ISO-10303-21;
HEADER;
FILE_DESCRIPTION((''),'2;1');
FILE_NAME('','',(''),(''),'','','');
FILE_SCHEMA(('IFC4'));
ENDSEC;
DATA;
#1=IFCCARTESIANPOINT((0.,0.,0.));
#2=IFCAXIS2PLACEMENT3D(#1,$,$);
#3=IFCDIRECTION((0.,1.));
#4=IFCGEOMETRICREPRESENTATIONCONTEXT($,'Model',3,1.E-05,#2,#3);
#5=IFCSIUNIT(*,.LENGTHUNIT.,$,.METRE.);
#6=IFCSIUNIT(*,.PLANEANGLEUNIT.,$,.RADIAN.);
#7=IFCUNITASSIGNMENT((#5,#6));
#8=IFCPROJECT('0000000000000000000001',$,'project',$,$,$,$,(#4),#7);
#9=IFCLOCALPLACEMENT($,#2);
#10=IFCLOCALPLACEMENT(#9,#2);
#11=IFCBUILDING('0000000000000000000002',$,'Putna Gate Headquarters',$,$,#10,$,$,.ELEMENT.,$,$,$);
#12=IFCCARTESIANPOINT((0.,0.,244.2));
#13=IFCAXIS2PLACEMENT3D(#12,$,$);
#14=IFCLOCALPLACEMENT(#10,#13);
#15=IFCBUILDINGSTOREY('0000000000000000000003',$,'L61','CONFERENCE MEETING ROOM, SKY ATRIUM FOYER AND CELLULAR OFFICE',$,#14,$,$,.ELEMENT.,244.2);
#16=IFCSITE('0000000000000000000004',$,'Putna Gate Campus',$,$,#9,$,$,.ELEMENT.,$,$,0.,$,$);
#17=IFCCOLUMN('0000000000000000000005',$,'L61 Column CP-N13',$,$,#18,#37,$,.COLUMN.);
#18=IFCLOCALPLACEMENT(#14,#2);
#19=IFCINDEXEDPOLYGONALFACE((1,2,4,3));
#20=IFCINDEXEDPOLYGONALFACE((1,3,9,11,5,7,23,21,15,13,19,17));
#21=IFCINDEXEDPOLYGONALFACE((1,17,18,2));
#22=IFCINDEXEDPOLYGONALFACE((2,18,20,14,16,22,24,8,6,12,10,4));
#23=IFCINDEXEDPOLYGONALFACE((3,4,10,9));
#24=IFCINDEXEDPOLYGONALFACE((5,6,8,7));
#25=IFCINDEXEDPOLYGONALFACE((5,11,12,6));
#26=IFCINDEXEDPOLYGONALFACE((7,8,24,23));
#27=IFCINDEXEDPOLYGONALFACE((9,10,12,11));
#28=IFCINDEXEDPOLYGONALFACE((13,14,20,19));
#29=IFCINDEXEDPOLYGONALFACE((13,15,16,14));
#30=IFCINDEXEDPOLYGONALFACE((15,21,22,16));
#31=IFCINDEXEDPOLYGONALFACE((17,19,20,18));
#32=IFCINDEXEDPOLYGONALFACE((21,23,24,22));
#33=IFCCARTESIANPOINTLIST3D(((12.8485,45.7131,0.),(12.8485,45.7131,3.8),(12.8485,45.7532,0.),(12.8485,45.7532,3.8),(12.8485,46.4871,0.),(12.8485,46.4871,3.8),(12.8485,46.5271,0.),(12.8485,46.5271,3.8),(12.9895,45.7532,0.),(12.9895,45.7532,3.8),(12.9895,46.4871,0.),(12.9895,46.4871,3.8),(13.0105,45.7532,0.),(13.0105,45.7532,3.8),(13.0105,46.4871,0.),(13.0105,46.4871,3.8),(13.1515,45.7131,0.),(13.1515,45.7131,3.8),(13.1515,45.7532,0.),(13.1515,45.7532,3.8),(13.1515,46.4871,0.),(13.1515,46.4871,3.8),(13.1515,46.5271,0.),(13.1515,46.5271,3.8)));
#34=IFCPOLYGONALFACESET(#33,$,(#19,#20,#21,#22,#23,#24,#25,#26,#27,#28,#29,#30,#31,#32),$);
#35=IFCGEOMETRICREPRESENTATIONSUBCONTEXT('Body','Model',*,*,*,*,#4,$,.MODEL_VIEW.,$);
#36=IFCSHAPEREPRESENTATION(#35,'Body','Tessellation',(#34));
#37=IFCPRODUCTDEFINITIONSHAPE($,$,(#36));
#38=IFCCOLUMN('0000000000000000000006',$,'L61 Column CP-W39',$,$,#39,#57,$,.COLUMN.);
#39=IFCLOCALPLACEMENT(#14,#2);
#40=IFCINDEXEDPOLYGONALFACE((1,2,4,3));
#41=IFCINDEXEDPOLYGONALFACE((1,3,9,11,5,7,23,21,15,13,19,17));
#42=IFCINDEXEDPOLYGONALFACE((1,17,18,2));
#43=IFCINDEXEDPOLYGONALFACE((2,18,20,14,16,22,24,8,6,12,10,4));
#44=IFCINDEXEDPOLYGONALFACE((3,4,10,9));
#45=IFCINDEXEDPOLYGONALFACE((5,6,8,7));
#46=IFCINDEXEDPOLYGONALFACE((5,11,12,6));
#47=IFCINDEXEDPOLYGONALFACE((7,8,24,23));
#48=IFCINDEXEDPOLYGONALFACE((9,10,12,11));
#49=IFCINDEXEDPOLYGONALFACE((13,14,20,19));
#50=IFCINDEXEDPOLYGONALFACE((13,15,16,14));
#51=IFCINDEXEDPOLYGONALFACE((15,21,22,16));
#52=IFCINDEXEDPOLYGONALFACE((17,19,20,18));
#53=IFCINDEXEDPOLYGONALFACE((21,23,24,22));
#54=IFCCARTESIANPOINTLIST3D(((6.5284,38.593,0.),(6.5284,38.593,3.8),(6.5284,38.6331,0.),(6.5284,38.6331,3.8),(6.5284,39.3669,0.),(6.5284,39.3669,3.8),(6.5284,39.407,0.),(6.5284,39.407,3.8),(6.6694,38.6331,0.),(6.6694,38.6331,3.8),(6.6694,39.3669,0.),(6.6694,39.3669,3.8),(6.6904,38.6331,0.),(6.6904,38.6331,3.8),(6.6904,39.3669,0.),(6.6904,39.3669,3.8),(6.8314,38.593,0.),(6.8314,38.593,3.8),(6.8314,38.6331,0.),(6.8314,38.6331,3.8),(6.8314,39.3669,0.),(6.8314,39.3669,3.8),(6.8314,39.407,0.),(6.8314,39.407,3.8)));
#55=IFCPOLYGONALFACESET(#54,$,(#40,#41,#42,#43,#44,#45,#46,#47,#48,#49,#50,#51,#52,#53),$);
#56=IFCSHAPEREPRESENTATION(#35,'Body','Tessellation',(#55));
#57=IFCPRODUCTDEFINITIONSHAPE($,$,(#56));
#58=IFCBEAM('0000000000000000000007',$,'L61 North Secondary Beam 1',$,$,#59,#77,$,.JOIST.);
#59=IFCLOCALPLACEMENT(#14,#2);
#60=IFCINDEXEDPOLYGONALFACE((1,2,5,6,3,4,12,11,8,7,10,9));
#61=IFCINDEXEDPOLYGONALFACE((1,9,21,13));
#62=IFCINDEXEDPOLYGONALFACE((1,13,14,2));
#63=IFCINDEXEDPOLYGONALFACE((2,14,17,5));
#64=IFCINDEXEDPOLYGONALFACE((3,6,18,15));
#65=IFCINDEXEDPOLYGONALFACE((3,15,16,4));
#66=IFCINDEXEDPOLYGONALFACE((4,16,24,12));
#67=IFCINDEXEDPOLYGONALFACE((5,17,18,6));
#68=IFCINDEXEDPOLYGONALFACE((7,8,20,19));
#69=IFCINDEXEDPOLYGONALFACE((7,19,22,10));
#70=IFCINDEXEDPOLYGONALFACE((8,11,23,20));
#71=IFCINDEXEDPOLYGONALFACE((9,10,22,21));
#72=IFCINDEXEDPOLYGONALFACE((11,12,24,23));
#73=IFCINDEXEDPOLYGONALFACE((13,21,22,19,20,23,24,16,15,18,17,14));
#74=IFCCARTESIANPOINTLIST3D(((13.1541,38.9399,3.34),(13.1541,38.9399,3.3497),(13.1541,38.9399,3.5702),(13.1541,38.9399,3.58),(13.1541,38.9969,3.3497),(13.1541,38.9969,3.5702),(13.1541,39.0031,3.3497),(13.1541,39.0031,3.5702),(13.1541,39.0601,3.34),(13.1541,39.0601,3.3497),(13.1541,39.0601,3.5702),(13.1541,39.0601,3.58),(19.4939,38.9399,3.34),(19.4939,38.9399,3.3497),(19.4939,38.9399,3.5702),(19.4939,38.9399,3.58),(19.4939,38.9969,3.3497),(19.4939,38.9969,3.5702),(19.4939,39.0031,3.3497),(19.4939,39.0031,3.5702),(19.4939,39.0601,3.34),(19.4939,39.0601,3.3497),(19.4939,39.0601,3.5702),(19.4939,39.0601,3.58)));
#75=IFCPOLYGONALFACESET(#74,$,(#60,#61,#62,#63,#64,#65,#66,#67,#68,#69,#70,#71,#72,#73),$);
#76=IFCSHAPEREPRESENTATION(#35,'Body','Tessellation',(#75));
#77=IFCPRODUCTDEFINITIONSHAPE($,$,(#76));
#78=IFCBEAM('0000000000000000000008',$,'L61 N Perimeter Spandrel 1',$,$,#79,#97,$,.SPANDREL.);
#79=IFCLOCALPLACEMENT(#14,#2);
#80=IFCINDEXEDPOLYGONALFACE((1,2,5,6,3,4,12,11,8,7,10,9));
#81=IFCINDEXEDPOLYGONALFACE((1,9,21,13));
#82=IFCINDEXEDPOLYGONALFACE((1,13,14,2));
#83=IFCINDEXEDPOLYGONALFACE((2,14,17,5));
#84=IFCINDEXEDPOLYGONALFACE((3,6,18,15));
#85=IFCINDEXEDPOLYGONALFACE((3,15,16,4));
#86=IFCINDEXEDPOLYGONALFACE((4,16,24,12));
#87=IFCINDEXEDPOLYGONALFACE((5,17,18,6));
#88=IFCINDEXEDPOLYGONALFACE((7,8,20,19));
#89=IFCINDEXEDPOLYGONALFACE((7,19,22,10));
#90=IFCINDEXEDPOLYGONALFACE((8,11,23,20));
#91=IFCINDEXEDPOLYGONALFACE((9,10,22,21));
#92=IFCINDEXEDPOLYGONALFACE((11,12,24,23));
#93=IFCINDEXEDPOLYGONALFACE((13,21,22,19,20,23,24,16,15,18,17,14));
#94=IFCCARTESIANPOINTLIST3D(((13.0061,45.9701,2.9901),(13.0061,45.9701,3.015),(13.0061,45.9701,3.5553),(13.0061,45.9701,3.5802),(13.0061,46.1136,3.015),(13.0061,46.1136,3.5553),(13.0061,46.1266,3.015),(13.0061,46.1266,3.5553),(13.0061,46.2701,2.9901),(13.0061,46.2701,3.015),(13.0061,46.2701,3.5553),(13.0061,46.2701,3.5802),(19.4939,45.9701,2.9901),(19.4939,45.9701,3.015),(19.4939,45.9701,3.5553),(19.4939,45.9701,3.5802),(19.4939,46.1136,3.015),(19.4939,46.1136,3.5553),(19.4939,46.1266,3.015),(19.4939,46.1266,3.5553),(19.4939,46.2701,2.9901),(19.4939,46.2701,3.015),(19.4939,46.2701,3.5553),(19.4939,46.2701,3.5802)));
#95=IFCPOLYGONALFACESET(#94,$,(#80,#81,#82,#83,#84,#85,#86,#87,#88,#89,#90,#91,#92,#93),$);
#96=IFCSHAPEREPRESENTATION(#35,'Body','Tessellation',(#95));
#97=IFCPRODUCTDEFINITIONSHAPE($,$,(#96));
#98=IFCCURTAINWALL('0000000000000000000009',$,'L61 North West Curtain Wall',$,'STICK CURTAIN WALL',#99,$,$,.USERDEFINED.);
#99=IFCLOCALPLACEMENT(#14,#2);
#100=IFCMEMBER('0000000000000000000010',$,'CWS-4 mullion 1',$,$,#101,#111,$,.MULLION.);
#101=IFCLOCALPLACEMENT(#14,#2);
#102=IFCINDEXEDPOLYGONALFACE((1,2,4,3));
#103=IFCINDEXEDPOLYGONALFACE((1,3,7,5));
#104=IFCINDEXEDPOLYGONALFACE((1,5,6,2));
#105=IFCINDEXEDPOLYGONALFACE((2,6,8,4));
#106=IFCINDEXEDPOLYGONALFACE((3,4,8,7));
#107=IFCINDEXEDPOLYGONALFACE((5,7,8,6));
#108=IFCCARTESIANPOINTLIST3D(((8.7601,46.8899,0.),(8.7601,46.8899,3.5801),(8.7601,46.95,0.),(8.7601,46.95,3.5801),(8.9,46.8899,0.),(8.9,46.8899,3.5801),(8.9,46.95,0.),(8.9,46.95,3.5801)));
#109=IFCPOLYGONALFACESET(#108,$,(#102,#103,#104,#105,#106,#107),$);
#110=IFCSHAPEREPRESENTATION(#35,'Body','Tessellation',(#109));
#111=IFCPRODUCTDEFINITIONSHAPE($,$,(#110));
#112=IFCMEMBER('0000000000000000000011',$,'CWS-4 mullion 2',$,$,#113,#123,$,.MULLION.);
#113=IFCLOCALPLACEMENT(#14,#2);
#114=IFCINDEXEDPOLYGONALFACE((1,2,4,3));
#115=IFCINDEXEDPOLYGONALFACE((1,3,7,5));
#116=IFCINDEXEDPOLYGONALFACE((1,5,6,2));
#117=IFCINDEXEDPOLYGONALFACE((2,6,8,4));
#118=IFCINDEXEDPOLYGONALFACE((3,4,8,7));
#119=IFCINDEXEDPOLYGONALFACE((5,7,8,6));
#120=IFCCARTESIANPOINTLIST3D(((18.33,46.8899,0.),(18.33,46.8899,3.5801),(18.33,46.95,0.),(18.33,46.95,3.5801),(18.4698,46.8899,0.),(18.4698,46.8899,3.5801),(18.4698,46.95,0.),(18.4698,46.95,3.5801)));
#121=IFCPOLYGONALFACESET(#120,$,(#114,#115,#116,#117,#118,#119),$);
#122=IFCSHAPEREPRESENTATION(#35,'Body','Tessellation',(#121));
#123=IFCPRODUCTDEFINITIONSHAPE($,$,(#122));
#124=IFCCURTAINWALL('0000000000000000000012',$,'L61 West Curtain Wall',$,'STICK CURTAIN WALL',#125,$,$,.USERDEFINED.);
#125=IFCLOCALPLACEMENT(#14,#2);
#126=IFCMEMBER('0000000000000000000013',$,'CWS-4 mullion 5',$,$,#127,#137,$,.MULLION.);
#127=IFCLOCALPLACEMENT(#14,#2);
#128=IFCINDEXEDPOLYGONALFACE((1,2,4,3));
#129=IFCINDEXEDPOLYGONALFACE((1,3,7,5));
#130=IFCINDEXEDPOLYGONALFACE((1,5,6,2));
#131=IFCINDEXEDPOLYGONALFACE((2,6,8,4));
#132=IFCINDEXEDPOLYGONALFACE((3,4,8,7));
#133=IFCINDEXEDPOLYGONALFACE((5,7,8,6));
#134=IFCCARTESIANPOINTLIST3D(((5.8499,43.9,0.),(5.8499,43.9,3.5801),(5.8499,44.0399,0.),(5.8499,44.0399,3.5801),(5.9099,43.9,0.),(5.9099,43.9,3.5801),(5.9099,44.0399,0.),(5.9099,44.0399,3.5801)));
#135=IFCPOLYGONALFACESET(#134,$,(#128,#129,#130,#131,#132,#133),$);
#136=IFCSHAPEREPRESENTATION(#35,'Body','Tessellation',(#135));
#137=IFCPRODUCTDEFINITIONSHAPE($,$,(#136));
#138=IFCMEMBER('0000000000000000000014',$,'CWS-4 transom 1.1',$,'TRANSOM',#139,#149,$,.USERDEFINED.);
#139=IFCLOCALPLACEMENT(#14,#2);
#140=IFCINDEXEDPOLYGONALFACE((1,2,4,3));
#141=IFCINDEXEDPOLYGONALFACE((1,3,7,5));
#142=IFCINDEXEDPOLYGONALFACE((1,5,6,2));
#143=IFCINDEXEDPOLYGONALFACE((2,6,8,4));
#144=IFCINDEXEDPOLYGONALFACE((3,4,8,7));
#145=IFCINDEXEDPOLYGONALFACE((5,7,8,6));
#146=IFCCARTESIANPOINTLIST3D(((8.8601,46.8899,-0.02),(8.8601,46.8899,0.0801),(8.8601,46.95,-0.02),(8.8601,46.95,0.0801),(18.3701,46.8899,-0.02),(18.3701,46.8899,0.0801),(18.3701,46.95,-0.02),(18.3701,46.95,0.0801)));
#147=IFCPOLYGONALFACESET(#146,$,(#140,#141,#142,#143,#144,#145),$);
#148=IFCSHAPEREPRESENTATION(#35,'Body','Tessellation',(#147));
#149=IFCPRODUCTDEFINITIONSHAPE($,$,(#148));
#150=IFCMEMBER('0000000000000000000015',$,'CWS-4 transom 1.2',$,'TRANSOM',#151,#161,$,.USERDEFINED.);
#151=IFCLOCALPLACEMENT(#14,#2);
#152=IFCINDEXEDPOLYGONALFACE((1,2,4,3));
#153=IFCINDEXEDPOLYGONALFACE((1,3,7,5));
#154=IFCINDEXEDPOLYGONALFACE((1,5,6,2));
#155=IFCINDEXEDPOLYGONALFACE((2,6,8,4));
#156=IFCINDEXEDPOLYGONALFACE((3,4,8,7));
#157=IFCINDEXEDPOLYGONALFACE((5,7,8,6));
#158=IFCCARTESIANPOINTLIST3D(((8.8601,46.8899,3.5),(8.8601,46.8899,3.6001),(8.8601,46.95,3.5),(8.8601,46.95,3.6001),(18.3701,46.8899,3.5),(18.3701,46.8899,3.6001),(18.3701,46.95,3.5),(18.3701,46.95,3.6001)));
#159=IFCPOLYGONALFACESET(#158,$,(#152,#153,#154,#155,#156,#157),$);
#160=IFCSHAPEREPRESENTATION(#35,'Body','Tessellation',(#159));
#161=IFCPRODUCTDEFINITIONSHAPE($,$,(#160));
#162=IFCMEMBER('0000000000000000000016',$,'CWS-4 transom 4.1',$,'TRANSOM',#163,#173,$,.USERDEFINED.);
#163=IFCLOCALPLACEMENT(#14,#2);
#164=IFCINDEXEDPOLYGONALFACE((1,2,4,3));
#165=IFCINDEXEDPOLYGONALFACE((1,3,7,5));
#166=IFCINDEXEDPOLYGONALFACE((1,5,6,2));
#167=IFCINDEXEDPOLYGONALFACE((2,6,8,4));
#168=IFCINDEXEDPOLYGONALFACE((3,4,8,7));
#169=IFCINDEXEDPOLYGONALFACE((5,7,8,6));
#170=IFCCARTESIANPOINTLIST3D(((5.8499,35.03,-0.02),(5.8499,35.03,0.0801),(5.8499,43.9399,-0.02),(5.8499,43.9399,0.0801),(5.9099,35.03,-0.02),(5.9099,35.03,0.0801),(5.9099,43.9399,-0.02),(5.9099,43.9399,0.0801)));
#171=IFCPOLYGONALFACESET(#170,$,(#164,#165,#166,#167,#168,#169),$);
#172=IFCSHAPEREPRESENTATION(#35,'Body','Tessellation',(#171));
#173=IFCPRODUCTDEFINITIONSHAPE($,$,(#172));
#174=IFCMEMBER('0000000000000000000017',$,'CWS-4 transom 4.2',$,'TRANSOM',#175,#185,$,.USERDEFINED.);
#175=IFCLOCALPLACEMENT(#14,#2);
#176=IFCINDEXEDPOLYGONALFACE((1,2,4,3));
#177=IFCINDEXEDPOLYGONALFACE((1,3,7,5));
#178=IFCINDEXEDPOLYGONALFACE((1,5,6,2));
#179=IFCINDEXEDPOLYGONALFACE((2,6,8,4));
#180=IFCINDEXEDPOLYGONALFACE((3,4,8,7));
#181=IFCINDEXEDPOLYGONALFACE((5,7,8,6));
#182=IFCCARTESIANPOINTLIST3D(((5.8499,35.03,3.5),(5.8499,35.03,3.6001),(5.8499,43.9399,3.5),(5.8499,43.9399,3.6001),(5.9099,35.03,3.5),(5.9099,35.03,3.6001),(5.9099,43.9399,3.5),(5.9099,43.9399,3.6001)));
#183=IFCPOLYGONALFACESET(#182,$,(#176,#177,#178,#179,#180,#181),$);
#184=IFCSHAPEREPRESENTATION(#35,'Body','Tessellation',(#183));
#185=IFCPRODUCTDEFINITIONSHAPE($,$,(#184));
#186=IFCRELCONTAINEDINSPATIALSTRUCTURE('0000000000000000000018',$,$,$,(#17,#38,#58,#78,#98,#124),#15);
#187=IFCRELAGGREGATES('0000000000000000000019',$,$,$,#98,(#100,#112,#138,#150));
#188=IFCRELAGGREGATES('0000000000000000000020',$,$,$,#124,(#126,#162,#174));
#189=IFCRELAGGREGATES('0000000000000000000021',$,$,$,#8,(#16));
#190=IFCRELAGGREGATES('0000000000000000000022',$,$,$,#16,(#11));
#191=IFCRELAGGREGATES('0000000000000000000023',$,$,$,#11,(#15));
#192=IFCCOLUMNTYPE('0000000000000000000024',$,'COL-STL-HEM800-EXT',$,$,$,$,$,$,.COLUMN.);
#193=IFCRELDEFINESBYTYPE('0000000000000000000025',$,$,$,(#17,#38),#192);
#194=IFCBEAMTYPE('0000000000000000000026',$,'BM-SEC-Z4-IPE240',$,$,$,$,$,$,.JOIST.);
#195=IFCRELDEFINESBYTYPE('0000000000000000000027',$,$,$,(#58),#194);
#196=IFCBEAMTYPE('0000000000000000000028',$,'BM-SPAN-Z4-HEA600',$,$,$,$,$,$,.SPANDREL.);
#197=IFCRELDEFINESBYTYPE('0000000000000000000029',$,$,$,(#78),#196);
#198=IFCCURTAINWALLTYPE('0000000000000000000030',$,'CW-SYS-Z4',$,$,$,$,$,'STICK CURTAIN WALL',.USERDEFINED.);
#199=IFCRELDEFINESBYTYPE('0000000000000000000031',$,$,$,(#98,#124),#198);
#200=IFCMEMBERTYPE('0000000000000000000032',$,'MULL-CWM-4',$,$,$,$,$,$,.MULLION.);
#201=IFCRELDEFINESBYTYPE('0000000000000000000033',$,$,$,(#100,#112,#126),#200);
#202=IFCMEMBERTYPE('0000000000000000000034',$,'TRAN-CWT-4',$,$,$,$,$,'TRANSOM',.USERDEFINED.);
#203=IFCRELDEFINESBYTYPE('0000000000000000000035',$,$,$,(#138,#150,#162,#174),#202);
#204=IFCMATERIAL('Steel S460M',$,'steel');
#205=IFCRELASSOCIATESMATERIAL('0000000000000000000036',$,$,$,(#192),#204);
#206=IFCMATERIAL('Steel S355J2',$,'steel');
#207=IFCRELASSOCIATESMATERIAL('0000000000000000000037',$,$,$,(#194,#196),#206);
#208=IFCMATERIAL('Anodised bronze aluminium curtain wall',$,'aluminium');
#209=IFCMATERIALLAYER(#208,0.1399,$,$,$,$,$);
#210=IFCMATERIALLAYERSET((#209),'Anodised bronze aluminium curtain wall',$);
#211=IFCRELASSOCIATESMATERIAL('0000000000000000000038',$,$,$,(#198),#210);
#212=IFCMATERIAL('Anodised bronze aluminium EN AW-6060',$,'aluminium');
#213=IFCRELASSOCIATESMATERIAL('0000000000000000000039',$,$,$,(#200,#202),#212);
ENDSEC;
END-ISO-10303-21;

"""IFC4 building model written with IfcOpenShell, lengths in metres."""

from ifc_helpers import new_model, si_unit, direction, frame, origin, origin_2d, place, context, subcontext, project, spatial, rectangle, i_section, extrude, material, layer, layer_set, material_profile, profile_set, type_object, element, aggregate, save


model = new_model("IFC4")

# Units and contexts
model_context = context("Model", 3, precision=1e-05, world=origin(), true_north=direction((0.0, 1.0)))
body_context = subcontext(model_context, "Body", "Model", "MODEL_VIEW")
ifc_project = project(units=[si_unit("LENGTHUNIT", "METRE"), si_unit("PLANEANGLEUNIT", "RADIAN")], contexts=[model_context])

# Site, building, storey
site_placement = place(None, origin())
site = spatial("IfcSite", under=ifc_project, at=site_placement, Name="Putna Gate Campus", CompositionType="ELEMENT", RefElevation=0.0)
building_placement = place(site_placement, origin())
building = spatial("IfcBuilding", under=site, at=building_placement, Name="Putna Gate Headquarters", CompositionType="ELEMENT")
storey_placement = place(building_placement, frame((0.0, 0.0, 244.2)))
storey = spatial("IfcBuildingStorey", under=building, at=storey_placement, Name="L61", Description="CONFERENCE MEETING ROOM, SKY ATRIUM FOYER AND CELLULAR OFFICE", CompositionType="ELEMENT", Elevation=244.2)

# Columns
ifc_material_1 = material(Name="Steel S460M", Category="steel")
ifc_material_profile_1 = material_profile(ifc_material_1, i_section(OverallWidth=0.303, OverallDepth=0.814, WebThickness=0.021, FlangeThickness=0.04, at=origin_2d()), Name="Steel S460M")
ifc_profile_set_1 = profile_set([ifc_material_profile_1], Name="Steel S460M")
column_type = type_object("IfcColumnType", Name="COL-STL-HEM800-EXT", PredefinedType="COLUMN", material=ifc_profile_set_1)
for number, where, z_axis, x_axis, name in (
    (1, (13.0, 46.1201, 0.0), (0.0, 0.0, 1.0), (1.0, 0.0, 0.0), "L61 Column CP-N13"),
    (2, (6.6799, 39.0, 0.0), (0.0, 0.0, 1.0), (1.0, 0.0, 0.0), "L61 Column CP-W39"),
):
    element("IfcColumn", number, at=place(storey_placement, frame(where, z_axis=z_axis, x_axis=x_axis)), inside=storey, type_object=column_type, Name=name, PredefinedType="COLUMN", context=body_context, shape_type="SweptSolid", body=[
        extrude(i_section(OverallWidth=0.303, OverallDepth=0.814, WebThickness=0.021, FlangeThickness=0.04, at=origin_2d()), origin(), (0.0, 0.0, 1.0), 3.8),
    ])

# Beams
ifc_material_2 = material(Name="Steel S355J2", Category="steel")
ifc_material_profile_2 = material_profile(ifc_material_2, i_section(OverallWidth=0.1201, OverallDepth=0.24, WebThickness=0.0061, FlangeThickness=0.0098, at=origin_2d()), Name="Steel S355J2")
ifc_profile_set_2 = profile_set([ifc_material_profile_2], Name="Steel S355J2")
beam_type_1 = type_object("IfcBeamType", Name="BM-SEC-Z4-IPE240", PredefinedType="JOIST", material=ifc_profile_set_2)
beam_1_placement = place(storey_placement, frame((13.1541, 39.0, 3.46), z_axis=(1.0, 0.0, 0.0), x_axis=(0.0, 1.0, 0.0)))
element("IfcBeam", 3, at=beam_1_placement, inside=storey, type_object=beam_type_1, Name="L61 North Secondary Beam 1", PredefinedType="JOIST", context=body_context, shape_type="SweptSolid", body=[
    extrude(i_section(OverallWidth=0.1201, OverallDepth=0.24, WebThickness=0.0061, FlangeThickness=0.0098, at=origin_2d()), origin(), (0.0, 0.0, 1.0), 6.3398),
])
ifc_material_profile_3 = material_profile(ifc_material_2, i_section(OverallWidth=0.3, OverallDepth=0.5901, WebThickness=0.0129, FlangeThickness=0.0249, at=origin_2d()), Name="Steel S355J2")
ifc_profile_set_3 = profile_set([ifc_material_profile_3], Name="Steel S355J2")
beam_type_2 = type_object("IfcBeamType", Name="BM-SPAN-Z4-HEA600", PredefinedType="SPANDREL", material=ifc_profile_set_3)
beam_2_placement = place(storey_placement, frame((13.0061, 46.1201, 3.2852), z_axis=(1.0, 0.0, 0.0), x_axis=(0.0, 1.0, 0.0)))
element("IfcBeam", 4, at=beam_2_placement, inside=storey, type_object=beam_type_2, Name="L61 N Perimeter Spandrel 1", PredefinedType="SPANDREL", context=body_context, shape_type="SweptSolid", body=[
    extrude(i_section(OverallWidth=0.3, OverallDepth=0.5901, WebThickness=0.0129, FlangeThickness=0.0249, at=origin_2d()), origin(), (0.0, 0.0, 1.0), 6.4878),
])

# Curtain wall, members
ifc_material_3 = material(Name="Anodised bronze aluminium curtain wall", Category="aluminium")
ifc_layer_1 = layer(ifc_material_3, 0.1399)
ifc_layer_set_1 = layer_set([ifc_layer_1], Name="Anodised bronze aluminium curtain wall")
curtain_wall_type = type_object("IfcCurtainWallType", Name="CW-SYS-Z4", ElementType="STICK CURTAIN WALL", PredefinedType="USERDEFINED", material=ifc_layer_set_1)
curtain_wall_1_placement = place(storey_placement, origin())
curtain_wall_1 = element("IfcCurtainWall", 5, at=curtain_wall_1_placement, inside=storey, type_object=curtain_wall_type, Name="L61 North West Curtain Wall", ObjectType="STICK CURTAIN WALL", PredefinedType="USERDEFINED")
ifc_material_4 = material(Name="Anodised bronze aluminium EN AW-6060", Category="aluminium")
ifc_material_profile_4 = material_profile(ifc_material_4, rectangle(XDim=0.0601, YDim=0.1399, at=origin_2d()), Name="Anodised bronze aluminium EN AW-6060")
ifc_profile_set_4 = profile_set([ifc_material_profile_4], Name="Anodised bronze aluminium EN AW-6060")
member_type_1 = type_object("IfcMemberType", Name="MULL-CWM-4", PredefinedType="MULLION", material=ifc_profile_set_4)
member_1_placement = place(storey_placement, frame((8.8301, 46.9199, 0.0), z_axis=(0.0, 0.0, 1.0), x_axis=(0.0, 1.0, 0.0)))
member_1 = element("IfcMember", 6, at=member_1_placement, type_object=member_type_1, Name="CWS-4 mullion 1", PredefinedType="MULLION", context=body_context, shape_type="SweptSolid", body=[
    extrude(rectangle(XDim=0.0601, YDim=0.1399, at=origin_2d()), origin(), (0.0, 0.0, 1.0), 3.5801),
])
member_2_placement = place(storey_placement, frame((18.3999, 46.9199, 0.0), z_axis=(0.0, 0.0, 1.0), x_axis=(0.0, 1.0, 0.0)))
member_2 = element("IfcMember", 7, at=member_2_placement, type_object=member_type_1, Name="CWS-4 mullion 2", PredefinedType="MULLION", context=body_context, shape_type="SweptSolid", body=[
    extrude(rectangle(XDim=0.0601, YDim=0.1399, at=origin_2d()), origin(), (0.0, 0.0, 1.0), 3.5801),
])

# Curtain wall, member
curtain_wall_2_placement = place(storey_placement, origin())
curtain_wall_2 = element("IfcCurtainWall", 8, at=curtain_wall_2_placement, inside=storey, type_object=curtain_wall_type, Name="L61 West Curtain Wall", ObjectType="STICK CURTAIN WALL", PredefinedType="USERDEFINED")
member_3_placement = place(storey_placement, frame((5.8799, 43.97, 0.0), z_axis=(0.0, 0.0, 1.0), x_axis=(-1.0, 0.0, 0.0)))
member_3 = element("IfcMember", 9, at=member_3_placement, type_object=member_type_1, Name="CWS-4 mullion 5", PredefinedType="MULLION", context=body_context, shape_type="SweptSolid", body=[
    extrude(rectangle(XDim=0.0601, YDim=0.1399, at=origin_2d()), origin(), (0.0, 0.0, 1.0), 3.5801),
])

# Members
ifc_material_profile_5 = material_profile(ifc_material_4, rectangle(XDim=0.0601, YDim=0.1001, at=origin_2d()), Name="Anodised bronze aluminium EN AW-6060")
ifc_profile_set_5 = profile_set([ifc_material_profile_5], Name="Anodised bronze aluminium EN AW-6060")
member_type_2 = type_object("IfcMemberType", Name="TRAN-CWT-4", ElementType="TRANSOM", PredefinedType="USERDEFINED", material=ifc_profile_set_5)
member_4_placement = place(storey_placement, frame((8.8601, 46.9199, 0.03), z_axis=(1.0, 0.0, 0.0), x_axis=(0.0, 1.0, 0.0)))
member_4 = element("IfcMember", 10, at=member_4_placement, type_object=member_type_2, Name="CWS-4 transom 1.1", ObjectType="TRANSOM", PredefinedType="USERDEFINED", context=body_context, shape_type="SweptSolid", body=[
    extrude(rectangle(XDim=0.0601, YDim=0.1001, at=origin_2d()), origin(), (0.0, 0.0, 1.0), 9.51),
])
member_5_placement = place(storey_placement, frame((8.8601, 46.9199, 3.55), z_axis=(1.0, 0.0, 0.0), x_axis=(0.0, 1.0, 0.0)))
member_5 = element("IfcMember", 11, at=member_5_placement, type_object=member_type_2, Name="CWS-4 transom 1.2", ObjectType="TRANSOM", PredefinedType="USERDEFINED", context=body_context, shape_type="SweptSolid", body=[
    extrude(rectangle(XDim=0.0601, YDim=0.1001, at=origin_2d()), origin(), (0.0, 0.0, 1.0), 9.51),
])
member_6_placement = place(storey_placement, frame((5.8799, 35.03, 0.03), z_axis=(0.0, 1.0, 0.0), x_axis=(-1.0, 0.0, 0.0)))
member_6 = element("IfcMember", 12, at=member_6_placement, type_object=member_type_2, Name="CWS-4 transom 4.1", ObjectType="TRANSOM", PredefinedType="USERDEFINED", context=body_context, shape_type="SweptSolid", body=[
    extrude(rectangle(XDim=0.0601, YDim=0.1001, at=origin_2d()), origin(), (0.0, 0.0, 1.0), 8.9099),
])
member_7_placement = place(storey_placement, frame((5.8799, 35.03, 3.55), z_axis=(0.0, 1.0, 0.0), x_axis=(-1.0, 0.0, 0.0)))
member_7 = element("IfcMember", 13, at=member_7_placement, type_object=member_type_2, Name="CWS-4 transom 4.2", ObjectType="TRANSOM", PredefinedType="USERDEFINED", context=body_context, shape_type="SweptSolid", body=[
    extrude(rectangle(XDim=0.0601, YDim=0.1001, at=origin_2d()), origin(), (0.0, 0.0, 1.0), 8.9099),
])

aggregate(curtain_wall_1, [member_1, member_2, member_4, member_5])
aggregate(curtain_wall_2, [member_3, member_6, member_7])

save(model, "model.ifc")
